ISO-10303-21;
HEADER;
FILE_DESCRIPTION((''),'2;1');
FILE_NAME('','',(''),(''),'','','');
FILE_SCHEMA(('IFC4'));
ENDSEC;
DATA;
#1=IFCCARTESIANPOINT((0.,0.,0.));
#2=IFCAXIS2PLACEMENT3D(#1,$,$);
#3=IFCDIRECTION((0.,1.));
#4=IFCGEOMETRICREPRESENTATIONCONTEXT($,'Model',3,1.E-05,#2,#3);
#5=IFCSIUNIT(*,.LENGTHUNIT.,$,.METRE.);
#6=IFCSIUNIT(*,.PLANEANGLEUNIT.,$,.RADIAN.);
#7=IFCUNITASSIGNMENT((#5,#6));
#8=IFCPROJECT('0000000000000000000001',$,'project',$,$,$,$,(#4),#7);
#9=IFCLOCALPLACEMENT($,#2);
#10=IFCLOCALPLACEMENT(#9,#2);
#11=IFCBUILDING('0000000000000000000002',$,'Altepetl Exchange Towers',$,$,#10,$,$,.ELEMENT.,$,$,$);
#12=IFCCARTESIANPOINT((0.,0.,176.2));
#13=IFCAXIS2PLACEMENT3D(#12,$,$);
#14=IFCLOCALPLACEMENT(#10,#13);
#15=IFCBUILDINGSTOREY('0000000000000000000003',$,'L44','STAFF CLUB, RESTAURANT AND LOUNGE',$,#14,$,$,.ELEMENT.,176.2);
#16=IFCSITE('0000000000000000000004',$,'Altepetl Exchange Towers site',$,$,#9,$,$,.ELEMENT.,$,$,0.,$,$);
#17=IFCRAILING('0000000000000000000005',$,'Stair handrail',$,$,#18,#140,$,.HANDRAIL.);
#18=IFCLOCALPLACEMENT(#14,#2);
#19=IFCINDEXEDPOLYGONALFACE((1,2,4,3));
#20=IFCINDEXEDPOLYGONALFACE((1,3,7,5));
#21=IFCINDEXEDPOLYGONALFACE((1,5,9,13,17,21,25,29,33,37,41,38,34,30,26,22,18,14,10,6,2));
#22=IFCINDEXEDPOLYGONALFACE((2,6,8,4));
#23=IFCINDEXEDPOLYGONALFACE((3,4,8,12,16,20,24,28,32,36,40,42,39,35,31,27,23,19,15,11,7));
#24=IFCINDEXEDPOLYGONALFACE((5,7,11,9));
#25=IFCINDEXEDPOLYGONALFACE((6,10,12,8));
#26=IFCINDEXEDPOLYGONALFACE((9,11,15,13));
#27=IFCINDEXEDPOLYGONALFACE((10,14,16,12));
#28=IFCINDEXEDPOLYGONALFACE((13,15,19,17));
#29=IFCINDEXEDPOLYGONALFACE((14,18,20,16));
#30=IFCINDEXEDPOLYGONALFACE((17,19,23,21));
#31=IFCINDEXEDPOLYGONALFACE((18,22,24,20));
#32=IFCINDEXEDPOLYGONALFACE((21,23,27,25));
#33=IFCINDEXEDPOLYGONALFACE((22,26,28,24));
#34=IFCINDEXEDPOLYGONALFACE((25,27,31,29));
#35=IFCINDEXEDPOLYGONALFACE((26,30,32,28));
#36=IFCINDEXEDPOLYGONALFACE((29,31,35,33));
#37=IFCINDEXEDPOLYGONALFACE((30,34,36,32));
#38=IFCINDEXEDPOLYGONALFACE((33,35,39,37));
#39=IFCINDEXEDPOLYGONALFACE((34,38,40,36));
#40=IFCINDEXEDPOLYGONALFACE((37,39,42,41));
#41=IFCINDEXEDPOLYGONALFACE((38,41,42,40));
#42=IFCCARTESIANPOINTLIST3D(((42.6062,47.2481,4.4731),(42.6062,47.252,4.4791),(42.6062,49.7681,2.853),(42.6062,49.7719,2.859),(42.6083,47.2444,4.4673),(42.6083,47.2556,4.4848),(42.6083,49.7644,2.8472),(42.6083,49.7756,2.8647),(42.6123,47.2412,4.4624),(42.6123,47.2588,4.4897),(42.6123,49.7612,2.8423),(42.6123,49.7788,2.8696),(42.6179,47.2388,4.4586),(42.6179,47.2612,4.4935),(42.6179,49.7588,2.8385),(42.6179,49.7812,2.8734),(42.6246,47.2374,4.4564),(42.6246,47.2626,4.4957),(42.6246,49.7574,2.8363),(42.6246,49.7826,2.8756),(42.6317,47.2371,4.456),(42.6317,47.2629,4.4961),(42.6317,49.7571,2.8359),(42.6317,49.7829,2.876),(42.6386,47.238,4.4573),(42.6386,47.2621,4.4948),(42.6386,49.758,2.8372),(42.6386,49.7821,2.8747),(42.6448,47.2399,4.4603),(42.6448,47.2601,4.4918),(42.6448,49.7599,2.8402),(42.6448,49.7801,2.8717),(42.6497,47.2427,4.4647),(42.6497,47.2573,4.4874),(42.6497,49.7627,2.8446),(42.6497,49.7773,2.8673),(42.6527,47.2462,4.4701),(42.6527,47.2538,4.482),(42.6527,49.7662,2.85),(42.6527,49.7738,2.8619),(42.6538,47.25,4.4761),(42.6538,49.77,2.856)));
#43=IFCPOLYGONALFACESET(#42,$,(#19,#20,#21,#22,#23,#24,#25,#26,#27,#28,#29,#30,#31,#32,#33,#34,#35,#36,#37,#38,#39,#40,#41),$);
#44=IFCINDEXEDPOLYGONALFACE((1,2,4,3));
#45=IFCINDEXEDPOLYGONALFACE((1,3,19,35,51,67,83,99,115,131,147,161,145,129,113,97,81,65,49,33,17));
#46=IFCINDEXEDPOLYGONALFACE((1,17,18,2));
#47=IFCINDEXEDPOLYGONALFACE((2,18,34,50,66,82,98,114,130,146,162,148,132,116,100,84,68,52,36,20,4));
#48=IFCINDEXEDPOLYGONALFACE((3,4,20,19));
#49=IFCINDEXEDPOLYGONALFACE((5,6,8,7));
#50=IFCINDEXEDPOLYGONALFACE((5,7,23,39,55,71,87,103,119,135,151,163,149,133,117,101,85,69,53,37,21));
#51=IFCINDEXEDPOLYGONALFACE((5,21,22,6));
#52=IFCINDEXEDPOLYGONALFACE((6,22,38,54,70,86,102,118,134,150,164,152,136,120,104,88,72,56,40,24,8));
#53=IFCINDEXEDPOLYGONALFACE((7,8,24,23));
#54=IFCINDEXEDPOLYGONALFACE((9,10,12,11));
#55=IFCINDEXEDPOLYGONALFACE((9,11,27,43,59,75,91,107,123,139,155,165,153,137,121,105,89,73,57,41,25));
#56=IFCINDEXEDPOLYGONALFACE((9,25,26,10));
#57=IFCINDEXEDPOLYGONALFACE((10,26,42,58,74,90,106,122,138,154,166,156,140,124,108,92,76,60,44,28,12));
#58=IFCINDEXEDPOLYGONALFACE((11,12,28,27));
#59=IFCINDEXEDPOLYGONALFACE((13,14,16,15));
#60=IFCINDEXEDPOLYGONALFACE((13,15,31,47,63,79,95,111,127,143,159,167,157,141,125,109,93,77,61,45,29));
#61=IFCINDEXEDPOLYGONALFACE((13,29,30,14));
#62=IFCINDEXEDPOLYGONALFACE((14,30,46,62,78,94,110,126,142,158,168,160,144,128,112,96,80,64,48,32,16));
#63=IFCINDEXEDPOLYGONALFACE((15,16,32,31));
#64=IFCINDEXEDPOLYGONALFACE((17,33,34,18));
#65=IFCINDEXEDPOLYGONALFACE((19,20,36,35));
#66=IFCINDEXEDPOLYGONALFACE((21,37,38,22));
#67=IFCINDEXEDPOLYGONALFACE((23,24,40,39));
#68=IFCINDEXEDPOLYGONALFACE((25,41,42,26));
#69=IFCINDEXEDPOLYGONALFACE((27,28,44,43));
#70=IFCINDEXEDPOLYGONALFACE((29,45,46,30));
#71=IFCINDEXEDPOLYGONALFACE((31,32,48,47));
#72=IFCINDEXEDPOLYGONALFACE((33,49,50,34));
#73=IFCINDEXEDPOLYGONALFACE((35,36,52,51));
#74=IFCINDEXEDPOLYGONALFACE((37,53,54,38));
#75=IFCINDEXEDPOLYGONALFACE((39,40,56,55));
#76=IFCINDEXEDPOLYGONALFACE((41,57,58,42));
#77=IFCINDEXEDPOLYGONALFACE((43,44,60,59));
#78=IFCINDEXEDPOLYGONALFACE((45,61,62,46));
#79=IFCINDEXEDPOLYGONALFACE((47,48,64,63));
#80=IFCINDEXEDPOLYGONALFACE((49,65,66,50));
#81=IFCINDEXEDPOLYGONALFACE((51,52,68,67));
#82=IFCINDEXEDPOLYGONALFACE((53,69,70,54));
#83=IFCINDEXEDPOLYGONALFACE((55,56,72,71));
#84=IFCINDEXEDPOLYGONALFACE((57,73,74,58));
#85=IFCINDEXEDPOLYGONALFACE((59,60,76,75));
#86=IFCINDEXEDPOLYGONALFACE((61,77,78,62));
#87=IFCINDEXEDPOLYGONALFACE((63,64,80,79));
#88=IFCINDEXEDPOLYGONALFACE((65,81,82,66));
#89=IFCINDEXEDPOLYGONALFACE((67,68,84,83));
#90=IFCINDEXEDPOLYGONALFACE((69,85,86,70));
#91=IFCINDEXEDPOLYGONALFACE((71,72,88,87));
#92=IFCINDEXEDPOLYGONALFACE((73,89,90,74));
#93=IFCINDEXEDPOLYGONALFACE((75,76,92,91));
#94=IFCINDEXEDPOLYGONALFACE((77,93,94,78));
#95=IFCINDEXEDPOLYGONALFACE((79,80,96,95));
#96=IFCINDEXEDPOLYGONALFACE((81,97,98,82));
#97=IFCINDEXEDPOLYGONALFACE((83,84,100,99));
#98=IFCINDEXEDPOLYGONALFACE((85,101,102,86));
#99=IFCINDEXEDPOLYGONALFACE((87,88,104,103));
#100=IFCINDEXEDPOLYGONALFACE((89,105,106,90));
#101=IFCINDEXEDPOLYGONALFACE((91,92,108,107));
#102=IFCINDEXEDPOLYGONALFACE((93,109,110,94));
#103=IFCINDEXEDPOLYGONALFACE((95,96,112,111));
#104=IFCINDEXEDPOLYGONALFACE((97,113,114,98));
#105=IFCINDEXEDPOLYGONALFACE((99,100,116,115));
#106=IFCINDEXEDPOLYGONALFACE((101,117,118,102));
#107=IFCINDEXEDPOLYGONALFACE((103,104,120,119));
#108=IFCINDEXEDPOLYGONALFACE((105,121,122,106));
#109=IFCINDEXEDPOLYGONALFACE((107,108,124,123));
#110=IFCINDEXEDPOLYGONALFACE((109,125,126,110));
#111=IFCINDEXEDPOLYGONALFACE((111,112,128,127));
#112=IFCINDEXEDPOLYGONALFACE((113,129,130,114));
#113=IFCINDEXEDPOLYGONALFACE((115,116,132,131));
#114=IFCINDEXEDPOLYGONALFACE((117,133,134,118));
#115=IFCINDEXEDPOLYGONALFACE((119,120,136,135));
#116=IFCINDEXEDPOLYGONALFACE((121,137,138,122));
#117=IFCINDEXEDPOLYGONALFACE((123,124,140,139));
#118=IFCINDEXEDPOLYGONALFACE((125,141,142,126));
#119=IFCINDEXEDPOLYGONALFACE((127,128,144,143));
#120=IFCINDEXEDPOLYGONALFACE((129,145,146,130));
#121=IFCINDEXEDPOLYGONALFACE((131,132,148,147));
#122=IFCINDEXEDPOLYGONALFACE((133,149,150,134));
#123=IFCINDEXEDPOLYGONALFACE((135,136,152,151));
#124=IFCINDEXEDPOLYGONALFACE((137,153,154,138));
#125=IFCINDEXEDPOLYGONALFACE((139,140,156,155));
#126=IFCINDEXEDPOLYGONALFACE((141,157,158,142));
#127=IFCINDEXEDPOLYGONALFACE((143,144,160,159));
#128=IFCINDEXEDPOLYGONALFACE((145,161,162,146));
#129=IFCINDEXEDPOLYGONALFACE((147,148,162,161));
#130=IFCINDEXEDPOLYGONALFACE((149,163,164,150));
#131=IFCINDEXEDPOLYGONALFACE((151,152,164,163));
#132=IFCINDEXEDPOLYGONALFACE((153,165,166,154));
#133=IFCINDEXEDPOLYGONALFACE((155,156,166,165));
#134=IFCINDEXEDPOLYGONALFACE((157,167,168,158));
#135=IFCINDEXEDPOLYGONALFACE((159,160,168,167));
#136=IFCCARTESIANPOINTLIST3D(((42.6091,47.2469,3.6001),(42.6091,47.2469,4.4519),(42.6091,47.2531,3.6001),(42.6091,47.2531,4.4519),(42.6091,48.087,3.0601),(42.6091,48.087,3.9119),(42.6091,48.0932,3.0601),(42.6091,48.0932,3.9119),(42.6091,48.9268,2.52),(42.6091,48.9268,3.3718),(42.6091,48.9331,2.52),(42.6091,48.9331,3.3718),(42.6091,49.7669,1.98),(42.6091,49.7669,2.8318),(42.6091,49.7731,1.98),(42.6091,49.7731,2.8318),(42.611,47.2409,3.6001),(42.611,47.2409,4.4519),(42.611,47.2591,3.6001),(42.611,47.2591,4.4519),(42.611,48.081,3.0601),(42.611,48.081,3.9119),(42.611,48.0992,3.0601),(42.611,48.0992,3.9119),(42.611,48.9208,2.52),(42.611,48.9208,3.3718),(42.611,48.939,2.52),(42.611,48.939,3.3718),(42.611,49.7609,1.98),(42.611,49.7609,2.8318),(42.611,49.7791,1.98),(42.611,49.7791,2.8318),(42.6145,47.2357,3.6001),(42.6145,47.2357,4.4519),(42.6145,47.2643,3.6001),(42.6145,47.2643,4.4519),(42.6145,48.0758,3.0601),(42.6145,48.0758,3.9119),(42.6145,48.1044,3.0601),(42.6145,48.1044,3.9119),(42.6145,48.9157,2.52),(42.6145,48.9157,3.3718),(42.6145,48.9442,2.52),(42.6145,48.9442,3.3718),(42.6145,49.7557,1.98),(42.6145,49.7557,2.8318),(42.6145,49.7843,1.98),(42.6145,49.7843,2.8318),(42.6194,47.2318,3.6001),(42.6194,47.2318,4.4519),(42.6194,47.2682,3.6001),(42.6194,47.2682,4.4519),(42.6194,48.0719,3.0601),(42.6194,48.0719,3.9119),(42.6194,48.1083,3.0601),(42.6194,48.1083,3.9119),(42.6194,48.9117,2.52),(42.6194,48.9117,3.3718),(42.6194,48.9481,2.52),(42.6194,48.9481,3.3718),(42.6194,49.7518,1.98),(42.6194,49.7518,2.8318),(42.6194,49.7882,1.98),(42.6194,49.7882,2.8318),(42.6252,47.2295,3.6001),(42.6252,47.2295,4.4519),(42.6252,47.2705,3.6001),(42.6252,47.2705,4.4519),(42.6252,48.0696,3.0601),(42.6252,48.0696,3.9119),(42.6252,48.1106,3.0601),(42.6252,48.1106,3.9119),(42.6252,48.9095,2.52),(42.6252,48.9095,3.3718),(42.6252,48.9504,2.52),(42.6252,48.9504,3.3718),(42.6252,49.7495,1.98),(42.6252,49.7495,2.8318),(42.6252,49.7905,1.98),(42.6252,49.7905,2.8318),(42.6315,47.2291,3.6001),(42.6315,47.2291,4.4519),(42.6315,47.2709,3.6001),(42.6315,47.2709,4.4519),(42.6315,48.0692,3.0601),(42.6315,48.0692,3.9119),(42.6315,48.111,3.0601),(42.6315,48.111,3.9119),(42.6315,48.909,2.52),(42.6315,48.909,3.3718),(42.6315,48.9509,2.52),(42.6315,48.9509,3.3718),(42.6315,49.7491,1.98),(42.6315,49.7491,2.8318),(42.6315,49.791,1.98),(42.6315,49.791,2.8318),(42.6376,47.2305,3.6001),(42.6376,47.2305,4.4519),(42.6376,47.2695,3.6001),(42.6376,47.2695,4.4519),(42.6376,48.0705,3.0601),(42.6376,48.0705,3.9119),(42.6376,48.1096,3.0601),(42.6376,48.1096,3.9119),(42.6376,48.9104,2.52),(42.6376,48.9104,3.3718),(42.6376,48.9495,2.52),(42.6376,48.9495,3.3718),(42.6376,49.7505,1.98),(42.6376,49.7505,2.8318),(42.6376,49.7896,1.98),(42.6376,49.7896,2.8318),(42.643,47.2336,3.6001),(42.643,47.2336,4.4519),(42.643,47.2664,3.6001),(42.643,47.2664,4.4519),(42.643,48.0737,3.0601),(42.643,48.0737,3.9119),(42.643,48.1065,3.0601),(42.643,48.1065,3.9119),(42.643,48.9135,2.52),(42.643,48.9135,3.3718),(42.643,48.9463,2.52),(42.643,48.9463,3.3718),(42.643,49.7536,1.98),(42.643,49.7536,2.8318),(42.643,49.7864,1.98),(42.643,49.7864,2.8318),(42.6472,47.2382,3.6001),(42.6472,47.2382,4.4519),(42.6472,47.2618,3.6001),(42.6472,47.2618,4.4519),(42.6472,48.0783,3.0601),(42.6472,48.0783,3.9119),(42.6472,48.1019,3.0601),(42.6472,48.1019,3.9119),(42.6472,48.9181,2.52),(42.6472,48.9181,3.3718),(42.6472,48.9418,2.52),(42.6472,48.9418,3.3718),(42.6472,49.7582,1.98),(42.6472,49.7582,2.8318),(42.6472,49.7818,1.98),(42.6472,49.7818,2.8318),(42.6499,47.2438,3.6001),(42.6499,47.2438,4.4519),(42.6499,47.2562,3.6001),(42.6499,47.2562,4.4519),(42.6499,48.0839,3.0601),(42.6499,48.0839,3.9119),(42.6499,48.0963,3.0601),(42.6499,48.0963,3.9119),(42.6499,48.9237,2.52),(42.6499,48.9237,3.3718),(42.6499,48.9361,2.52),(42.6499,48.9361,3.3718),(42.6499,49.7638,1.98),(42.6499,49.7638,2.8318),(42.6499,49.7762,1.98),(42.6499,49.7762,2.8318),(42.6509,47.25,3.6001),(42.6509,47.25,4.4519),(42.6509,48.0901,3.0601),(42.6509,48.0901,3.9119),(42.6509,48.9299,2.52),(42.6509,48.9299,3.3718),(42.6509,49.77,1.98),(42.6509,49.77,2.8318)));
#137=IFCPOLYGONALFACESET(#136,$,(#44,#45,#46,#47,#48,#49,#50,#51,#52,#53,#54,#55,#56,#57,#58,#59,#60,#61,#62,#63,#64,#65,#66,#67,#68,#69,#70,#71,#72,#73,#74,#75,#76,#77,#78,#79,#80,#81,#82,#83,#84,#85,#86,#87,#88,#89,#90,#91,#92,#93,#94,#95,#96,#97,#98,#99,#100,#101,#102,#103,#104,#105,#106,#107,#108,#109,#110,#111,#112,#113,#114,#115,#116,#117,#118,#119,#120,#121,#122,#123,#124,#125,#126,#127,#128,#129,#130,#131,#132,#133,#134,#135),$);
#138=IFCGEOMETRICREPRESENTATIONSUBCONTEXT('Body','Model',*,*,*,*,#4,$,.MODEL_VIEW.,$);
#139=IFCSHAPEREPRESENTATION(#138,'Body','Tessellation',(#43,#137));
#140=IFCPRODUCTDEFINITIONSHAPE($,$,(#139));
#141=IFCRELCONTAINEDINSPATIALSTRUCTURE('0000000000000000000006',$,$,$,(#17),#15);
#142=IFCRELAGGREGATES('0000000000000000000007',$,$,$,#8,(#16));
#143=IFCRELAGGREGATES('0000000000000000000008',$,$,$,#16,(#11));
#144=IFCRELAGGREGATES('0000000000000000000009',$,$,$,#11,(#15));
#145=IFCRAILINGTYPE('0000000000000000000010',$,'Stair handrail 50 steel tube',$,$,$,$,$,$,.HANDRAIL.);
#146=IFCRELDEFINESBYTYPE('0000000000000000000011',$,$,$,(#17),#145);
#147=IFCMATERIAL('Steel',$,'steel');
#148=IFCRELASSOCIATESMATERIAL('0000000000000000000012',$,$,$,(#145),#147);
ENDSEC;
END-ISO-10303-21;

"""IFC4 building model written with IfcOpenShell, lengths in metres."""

from ifc_helpers import new_model, si_unit, direction, frame, origin, origin_2d, place, context, subcontext, project, spatial, circle, extrude, source, transform, mapped, material, type_object, element, save


model = new_model("IFC4")

# Units and contexts
model_context = context("Model", 3, precision=1e-05, world=origin(), true_north=direction((0.0, 1.0)))
body_context = subcontext(model_context, "Body", "Model", "MODEL_VIEW")
ifc_project = project(units=[si_unit("LENGTHUNIT", "METRE"), si_unit("PLANEANGLEUNIT", "RADIAN")], contexts=[model_context])

# Site, building, storey
site_placement = place(None, origin())
site = spatial("IfcSite", under=ifc_project, at=site_placement, Name="Altepetl Exchange Towers site", CompositionType="ELEMENT", RefElevation=0.0)
building_placement = place(site_placement, origin())
building = spatial("IfcBuilding", under=site, at=building_placement, Name="Altepetl Exchange Towers", CompositionType="ELEMENT")
storey_placement = place(building_placement, frame((0.0, 0.0, 176.2)))
storey = spatial("IfcBuildingStorey", under=building, at=storey_placement, Name="L44", Description="STAFF CLUB, RESTAURANT AND LOUNGE", CompositionType="ELEMENT", Elevation=176.2)

# Railing
ifc_material_1 = material(Name="Steel", Category="steel")
railing_type = type_object("IfcRailingType", Name="Stair handrail 50 steel tube", PredefinedType="HANDRAIL", material=ifc_material_1)
shared_shape = source(origin(), body_context, "Body", "SweptSolid", [
    extrude(circle(Radius=0.021, at=origin_2d()), origin(), (0.0, 0.0, 1.0), 0.8518),
])
railing_1_placement = place(storey_placement, frame((42.6299, 49.77, 1.98)))
element("IfcRailing", 1, at=railing_1_placement, inside=storey, type_object=railing_type, Name="Stair handrail", PredefinedType="HANDRAIL", context=body_context, shape_type="SweptSolid", body=[
    extrude(circle(Radius=0.0239, at=origin_2d()), frame((0.0, 0.0, 0.876), z_axis=(0.0, -0.841163, 0.540782), x_axis=(1.0, 0.0, 0.0)), (0.0, 0.0, 1.0), 2.9958),
    mapped(shared_shape, transform((0.0, 0.0, 0.0))),
    mapped(shared_shape, transform((0.0, -0.8401, 0.54))),
    mapped(shared_shape, transform((0.0, -1.6799, 1.0801))),
    mapped(shared_shape, transform((0.0, -2.52, 1.6201))),
])

save(model, "model.ifc")
